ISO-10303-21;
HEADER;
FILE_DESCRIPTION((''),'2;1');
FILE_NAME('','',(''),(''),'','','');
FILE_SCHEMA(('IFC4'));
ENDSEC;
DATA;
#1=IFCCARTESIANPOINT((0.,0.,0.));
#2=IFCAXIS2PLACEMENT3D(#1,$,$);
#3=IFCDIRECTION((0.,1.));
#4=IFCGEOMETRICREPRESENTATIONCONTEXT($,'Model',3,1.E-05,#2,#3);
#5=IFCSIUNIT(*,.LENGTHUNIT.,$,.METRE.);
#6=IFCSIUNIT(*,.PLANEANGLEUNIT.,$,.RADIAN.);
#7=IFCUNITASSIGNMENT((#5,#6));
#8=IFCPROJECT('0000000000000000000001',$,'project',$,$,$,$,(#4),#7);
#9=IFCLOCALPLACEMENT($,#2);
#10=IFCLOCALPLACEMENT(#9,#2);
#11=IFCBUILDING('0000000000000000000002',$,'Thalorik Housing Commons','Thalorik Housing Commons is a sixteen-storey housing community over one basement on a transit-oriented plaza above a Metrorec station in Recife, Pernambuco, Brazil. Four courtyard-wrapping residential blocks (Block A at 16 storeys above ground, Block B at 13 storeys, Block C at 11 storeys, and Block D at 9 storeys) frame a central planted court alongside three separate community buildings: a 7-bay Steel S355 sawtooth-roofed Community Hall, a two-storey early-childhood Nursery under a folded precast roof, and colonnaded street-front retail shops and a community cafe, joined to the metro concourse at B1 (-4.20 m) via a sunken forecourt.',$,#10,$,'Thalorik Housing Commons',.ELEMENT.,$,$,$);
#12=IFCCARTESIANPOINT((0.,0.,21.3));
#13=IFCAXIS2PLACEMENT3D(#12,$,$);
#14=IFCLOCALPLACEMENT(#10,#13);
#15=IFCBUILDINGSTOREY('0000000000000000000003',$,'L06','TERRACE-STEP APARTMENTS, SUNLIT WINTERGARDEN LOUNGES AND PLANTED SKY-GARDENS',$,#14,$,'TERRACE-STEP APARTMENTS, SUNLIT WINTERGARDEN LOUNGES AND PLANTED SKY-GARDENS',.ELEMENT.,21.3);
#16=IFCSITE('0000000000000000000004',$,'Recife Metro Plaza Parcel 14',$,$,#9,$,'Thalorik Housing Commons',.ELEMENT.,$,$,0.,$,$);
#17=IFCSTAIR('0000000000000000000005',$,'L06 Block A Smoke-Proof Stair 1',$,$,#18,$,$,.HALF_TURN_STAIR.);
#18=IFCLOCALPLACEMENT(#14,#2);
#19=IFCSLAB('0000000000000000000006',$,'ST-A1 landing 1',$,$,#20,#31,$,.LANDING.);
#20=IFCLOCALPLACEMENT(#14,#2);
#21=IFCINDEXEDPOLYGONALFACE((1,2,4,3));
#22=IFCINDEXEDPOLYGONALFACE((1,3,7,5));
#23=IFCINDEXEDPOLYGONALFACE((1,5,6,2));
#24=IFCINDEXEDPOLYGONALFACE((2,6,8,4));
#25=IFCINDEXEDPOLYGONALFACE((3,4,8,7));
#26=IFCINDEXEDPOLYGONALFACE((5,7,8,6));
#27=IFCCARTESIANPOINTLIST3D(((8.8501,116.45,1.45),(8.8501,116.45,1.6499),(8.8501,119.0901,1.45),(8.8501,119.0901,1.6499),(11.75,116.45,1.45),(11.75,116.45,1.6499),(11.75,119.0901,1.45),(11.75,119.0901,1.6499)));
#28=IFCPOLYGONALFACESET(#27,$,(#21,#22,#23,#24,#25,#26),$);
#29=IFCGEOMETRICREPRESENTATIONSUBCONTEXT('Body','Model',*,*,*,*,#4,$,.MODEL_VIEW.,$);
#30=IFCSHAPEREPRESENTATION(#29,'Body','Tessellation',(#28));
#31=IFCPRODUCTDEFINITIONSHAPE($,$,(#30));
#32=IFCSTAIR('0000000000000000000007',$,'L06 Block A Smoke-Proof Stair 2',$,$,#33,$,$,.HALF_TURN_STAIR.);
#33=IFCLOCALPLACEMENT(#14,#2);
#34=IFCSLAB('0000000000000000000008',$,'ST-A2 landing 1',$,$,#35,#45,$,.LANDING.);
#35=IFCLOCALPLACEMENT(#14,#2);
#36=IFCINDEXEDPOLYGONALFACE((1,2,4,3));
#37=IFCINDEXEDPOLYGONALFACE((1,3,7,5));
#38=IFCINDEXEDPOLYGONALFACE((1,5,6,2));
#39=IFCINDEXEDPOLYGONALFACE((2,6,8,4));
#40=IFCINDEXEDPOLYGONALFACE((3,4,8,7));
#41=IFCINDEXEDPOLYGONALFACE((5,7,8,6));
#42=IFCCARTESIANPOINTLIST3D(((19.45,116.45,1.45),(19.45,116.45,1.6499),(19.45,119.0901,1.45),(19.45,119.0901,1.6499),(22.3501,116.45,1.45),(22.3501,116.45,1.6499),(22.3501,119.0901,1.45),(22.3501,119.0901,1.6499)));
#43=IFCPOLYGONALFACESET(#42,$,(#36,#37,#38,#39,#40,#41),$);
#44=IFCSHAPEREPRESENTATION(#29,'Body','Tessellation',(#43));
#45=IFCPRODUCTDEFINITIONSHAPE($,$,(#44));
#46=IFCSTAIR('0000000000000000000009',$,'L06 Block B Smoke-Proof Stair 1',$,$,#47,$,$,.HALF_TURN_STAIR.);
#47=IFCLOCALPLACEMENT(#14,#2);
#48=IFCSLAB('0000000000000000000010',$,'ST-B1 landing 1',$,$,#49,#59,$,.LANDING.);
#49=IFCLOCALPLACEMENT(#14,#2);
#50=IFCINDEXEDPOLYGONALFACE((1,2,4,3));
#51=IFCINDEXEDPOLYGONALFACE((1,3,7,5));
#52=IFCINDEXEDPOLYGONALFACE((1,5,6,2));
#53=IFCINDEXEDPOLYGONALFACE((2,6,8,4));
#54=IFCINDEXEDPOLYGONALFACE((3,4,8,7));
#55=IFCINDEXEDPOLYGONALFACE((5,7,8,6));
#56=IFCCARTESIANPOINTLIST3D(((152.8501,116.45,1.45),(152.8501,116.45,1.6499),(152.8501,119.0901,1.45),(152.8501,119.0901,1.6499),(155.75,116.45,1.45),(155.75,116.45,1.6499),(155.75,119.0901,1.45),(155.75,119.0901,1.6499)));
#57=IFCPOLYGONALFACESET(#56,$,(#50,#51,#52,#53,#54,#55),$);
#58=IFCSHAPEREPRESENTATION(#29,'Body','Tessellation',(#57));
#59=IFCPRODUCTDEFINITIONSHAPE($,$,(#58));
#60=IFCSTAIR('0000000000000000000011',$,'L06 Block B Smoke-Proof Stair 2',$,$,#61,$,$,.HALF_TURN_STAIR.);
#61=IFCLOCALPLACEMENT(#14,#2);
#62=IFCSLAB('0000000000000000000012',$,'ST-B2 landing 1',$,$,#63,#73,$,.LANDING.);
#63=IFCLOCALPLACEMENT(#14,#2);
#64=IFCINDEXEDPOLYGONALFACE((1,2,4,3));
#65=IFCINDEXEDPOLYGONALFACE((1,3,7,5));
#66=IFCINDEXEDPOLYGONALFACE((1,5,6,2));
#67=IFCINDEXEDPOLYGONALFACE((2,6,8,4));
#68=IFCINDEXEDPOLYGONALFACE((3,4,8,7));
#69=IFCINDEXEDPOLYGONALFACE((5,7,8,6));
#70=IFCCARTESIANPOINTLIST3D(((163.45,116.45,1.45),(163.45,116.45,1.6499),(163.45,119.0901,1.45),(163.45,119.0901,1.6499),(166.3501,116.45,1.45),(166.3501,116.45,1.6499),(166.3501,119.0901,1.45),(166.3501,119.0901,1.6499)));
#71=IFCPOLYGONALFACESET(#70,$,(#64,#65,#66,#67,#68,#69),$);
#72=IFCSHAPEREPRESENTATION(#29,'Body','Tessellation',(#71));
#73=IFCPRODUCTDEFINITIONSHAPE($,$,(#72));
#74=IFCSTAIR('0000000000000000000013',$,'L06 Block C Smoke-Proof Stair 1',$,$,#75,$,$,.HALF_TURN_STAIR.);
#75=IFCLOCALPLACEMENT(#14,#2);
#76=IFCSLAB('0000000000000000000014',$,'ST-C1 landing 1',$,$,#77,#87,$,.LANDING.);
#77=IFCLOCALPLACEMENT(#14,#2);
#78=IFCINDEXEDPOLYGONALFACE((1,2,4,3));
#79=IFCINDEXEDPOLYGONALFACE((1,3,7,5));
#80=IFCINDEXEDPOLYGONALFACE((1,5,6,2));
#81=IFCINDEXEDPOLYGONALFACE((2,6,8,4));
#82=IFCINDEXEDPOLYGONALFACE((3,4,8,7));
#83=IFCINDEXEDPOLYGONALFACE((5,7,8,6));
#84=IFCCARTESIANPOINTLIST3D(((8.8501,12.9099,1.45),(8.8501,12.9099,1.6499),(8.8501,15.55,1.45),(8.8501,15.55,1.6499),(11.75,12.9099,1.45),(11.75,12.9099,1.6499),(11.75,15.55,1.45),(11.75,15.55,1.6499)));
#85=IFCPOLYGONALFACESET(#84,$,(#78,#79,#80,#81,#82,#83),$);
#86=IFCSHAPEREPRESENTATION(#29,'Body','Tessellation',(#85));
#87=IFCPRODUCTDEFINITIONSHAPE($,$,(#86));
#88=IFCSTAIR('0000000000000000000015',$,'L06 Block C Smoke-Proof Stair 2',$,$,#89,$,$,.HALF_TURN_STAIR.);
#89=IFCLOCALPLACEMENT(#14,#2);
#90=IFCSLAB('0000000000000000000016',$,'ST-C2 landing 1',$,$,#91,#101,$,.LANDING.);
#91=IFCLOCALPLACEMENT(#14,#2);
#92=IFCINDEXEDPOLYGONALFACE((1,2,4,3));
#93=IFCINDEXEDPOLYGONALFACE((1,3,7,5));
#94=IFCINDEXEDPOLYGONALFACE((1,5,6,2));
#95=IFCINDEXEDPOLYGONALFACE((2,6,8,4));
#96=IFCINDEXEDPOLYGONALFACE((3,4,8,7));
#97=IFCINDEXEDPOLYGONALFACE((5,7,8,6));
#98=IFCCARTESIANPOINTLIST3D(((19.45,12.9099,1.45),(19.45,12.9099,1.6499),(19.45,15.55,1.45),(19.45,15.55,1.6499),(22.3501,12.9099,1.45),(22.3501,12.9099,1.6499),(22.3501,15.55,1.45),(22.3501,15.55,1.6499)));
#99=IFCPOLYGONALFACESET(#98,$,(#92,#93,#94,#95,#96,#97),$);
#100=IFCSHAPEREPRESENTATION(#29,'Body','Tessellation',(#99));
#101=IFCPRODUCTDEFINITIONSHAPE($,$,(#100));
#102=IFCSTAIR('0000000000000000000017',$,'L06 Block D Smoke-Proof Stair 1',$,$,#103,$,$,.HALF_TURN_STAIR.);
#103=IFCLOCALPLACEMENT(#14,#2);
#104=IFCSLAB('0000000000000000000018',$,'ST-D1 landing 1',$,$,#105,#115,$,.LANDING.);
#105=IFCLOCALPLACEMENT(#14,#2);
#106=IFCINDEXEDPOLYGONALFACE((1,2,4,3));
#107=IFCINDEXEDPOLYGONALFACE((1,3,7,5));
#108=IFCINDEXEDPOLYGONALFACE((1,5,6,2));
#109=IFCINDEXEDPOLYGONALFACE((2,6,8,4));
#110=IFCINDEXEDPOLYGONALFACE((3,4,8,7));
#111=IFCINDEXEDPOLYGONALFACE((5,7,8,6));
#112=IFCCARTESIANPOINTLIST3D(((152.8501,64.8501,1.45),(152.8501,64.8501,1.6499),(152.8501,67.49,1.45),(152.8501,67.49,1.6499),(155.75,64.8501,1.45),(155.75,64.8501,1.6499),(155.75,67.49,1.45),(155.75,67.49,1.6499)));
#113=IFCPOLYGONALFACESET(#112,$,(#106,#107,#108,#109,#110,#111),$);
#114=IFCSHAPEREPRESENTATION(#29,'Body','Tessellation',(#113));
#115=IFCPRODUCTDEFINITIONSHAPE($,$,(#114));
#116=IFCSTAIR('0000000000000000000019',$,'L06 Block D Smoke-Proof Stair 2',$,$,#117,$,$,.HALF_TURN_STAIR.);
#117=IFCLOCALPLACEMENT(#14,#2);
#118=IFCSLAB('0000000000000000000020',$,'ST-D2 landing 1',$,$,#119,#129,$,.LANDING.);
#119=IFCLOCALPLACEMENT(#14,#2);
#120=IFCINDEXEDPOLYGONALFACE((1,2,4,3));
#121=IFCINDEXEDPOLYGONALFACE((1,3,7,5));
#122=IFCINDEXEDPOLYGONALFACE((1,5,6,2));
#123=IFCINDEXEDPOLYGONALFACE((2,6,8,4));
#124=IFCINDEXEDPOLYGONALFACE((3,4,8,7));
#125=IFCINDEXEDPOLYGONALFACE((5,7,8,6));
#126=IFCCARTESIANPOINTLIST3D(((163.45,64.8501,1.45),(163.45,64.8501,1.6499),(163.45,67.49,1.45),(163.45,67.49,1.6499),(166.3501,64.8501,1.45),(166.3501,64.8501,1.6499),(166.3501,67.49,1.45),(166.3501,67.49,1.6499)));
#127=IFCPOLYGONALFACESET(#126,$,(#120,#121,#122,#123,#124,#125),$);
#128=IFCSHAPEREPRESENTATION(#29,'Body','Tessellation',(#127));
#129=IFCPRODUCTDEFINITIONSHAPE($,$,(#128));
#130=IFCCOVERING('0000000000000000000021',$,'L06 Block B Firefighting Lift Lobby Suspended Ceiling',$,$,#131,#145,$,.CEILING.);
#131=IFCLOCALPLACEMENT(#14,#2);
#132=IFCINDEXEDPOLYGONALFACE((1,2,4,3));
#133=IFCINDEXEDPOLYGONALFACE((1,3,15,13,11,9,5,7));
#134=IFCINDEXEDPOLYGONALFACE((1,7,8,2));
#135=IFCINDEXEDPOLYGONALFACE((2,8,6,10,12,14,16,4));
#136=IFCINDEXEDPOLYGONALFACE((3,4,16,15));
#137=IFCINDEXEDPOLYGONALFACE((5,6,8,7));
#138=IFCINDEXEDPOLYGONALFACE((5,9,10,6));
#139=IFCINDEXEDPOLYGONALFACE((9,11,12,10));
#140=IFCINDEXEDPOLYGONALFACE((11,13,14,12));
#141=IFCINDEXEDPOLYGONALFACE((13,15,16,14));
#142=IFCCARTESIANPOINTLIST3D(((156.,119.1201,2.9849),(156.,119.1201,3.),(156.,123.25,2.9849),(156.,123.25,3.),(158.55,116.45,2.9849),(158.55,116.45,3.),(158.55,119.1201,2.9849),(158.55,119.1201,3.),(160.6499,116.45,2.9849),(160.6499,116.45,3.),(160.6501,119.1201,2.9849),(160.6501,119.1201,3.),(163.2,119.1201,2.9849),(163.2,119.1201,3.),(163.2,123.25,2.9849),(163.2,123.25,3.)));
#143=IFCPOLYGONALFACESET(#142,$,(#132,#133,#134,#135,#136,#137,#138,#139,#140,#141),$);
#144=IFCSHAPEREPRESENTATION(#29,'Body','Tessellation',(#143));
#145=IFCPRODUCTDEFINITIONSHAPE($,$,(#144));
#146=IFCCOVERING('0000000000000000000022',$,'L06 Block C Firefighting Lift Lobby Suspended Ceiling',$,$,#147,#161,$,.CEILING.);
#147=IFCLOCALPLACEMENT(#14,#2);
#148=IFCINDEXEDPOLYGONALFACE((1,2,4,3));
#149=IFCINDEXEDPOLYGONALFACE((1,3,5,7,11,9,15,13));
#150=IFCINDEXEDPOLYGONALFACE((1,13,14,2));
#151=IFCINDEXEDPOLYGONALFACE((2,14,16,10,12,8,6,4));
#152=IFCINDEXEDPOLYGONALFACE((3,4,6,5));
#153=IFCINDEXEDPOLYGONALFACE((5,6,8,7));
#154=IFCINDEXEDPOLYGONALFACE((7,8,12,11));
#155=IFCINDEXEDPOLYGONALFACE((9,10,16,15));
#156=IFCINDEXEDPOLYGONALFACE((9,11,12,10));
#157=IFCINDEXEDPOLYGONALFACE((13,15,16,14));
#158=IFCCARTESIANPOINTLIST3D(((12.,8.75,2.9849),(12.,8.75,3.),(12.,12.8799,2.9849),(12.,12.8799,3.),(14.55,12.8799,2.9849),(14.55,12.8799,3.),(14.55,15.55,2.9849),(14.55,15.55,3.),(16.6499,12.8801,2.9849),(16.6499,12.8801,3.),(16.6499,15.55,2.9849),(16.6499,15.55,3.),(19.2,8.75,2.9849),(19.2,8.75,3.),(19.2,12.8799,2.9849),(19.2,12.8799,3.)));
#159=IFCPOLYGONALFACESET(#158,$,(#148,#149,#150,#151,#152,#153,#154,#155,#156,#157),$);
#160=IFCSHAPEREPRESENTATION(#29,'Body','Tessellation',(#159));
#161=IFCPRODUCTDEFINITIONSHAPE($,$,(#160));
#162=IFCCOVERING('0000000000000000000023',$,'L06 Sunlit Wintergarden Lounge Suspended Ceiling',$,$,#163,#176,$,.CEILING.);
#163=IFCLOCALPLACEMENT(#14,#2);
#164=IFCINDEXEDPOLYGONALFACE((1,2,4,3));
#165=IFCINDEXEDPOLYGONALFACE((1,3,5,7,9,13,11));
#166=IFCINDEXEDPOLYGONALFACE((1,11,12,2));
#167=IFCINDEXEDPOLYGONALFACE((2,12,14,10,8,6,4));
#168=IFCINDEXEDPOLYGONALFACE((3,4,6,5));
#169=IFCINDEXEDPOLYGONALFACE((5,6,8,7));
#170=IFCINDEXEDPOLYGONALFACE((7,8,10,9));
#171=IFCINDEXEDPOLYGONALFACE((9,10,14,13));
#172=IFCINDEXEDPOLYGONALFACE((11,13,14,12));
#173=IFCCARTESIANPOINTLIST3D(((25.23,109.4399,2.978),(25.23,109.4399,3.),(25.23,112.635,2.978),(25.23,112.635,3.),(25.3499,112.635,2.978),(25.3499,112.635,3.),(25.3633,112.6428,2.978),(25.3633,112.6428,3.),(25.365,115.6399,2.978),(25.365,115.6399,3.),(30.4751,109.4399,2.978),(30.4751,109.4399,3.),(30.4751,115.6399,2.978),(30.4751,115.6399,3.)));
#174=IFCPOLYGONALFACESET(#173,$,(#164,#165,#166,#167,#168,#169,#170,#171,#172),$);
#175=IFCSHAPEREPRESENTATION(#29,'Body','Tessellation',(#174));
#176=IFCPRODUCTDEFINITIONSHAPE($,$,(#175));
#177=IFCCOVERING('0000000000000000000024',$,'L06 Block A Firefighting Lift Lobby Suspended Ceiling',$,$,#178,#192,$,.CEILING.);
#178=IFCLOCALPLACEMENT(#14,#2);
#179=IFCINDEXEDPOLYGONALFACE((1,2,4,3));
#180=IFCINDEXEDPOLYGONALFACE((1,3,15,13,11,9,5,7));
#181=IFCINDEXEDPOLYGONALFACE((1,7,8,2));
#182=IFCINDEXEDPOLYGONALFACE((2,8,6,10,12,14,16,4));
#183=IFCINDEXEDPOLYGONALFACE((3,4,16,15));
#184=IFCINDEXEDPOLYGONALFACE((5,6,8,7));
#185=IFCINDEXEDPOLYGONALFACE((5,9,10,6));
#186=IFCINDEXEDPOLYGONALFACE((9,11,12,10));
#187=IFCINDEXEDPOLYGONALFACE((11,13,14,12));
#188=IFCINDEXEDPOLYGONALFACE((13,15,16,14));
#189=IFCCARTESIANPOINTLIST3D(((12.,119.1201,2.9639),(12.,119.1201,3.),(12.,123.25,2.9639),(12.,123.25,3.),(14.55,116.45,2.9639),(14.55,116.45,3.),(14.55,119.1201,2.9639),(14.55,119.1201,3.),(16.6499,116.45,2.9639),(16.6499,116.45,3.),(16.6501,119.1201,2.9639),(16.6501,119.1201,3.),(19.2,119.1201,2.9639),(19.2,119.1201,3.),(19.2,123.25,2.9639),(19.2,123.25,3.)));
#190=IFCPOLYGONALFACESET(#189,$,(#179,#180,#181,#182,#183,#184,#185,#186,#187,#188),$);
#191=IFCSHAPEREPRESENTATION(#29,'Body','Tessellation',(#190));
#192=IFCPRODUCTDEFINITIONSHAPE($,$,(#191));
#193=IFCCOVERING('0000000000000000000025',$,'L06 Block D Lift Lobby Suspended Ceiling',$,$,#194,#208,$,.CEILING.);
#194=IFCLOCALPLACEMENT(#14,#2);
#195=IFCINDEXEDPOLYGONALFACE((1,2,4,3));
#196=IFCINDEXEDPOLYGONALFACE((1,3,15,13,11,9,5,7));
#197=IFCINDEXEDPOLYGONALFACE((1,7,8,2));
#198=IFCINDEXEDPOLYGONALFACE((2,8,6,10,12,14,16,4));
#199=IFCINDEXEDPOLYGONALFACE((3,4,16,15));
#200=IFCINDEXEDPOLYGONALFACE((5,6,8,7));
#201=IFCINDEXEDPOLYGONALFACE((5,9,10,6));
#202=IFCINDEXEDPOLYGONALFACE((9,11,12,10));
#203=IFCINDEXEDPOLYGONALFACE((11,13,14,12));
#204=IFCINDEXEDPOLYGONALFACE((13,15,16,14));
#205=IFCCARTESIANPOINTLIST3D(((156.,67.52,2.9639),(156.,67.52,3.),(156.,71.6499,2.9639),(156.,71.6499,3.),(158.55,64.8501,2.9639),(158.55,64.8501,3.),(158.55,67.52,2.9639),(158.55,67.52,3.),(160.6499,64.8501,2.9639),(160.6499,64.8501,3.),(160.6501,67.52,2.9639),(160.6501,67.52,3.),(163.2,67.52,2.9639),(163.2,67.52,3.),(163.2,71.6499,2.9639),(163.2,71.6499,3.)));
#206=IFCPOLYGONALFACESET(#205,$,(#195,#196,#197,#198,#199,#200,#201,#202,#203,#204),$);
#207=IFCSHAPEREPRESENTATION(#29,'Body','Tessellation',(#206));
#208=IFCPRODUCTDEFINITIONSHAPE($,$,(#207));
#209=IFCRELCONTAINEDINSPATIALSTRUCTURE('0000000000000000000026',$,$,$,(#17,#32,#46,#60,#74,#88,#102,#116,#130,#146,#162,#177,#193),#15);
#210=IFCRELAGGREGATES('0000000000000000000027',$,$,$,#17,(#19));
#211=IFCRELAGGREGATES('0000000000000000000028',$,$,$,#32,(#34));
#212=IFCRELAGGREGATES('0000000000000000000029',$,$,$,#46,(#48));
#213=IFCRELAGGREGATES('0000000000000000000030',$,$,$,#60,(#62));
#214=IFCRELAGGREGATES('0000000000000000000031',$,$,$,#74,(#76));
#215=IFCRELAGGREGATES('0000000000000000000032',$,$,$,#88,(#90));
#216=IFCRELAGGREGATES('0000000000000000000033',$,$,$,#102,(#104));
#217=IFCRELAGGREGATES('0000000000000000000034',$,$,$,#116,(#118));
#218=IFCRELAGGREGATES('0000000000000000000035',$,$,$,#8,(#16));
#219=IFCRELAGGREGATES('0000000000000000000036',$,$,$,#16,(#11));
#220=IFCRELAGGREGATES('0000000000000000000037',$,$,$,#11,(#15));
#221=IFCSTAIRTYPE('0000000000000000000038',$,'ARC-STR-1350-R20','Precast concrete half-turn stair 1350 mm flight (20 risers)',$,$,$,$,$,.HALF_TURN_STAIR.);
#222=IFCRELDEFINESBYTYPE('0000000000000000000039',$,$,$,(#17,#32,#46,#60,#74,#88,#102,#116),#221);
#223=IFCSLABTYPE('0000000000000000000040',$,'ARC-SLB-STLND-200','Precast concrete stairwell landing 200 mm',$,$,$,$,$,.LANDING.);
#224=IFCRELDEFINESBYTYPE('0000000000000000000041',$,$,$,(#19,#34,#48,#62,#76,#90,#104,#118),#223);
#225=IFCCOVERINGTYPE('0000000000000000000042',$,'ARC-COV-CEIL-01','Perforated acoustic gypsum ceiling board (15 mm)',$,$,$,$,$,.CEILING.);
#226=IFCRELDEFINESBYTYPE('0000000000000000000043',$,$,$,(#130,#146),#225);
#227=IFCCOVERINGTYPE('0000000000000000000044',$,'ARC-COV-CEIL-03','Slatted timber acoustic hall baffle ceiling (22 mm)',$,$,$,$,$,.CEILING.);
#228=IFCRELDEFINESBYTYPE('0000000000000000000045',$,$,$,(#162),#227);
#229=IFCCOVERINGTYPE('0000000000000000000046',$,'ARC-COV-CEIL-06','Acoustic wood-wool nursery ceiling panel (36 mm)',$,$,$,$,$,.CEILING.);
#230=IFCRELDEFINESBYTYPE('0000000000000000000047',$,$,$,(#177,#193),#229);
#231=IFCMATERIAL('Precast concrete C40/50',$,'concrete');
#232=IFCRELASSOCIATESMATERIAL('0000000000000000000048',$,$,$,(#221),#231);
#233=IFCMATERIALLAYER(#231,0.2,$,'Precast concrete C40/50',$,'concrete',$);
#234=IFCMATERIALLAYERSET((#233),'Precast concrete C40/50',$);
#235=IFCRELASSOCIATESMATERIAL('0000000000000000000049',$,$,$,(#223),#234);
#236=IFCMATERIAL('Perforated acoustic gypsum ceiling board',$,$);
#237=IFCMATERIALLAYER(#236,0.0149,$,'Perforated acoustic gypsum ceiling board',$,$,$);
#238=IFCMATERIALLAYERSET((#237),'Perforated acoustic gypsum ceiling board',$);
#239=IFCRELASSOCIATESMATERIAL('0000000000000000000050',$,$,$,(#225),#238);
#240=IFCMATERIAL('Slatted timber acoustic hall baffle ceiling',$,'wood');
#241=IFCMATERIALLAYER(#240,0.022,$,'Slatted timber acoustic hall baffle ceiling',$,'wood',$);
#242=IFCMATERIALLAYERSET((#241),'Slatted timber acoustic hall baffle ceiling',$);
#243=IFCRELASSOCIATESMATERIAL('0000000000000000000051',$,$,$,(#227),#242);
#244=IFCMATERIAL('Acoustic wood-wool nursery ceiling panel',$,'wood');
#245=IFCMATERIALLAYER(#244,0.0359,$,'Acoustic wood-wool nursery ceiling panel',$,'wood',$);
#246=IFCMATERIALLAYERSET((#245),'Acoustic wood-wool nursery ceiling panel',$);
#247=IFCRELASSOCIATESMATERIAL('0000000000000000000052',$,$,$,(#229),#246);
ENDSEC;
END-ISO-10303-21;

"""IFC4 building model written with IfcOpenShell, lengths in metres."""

from ifc_helpers import new_model, si_unit, direction, frame, origin, place, context, subcontext, project, spatial, polyline, outline, extrude, material, layer, layer_set, type_object, element, aggregate, save


model = new_model("IFC4")

# Units and contexts
model_context = context("Model", 3, precision=1e-05, world=origin(), true_north=direction((0.0, 1.0)))
body_context = subcontext(model_context, "Body", "Model", "MODEL_VIEW")
ifc_project = project(units=[si_unit("LENGTHUNIT", "METRE"), si_unit("PLANEANGLEUNIT", "RADIAN")], contexts=[model_context])

# Site, building, storey
site_placement = place(None, origin())
site = spatial("IfcSite", under=ifc_project, at=site_placement, Name="Recife Metro Plaza Parcel 14", LongName="Thalorik Housing Commons", CompositionType="ELEMENT", RefElevation=0.0)
building_placement = place(site_placement, origin())
building = spatial("IfcBuilding", under=site, at=building_placement, Name="Thalorik Housing Commons", Description="Thalorik Housing Commons is a sixteen-storey housing community over one basement on a transit-oriented plaza above a Metrorec station in Recife, Pernambuco, Brazil. Four courtyard-wrapping residential blocks (Block A at 16 storeys above ground, Block B at 13 storeys, Block C at 11 storeys, and Block D at 9 storeys) frame a central planted court alongside three separate community buildings: a 7-bay Steel S355 sawtooth-roofed Community Hall, a two-storey early-childhood Nursery under a folded precast roof, and colonnaded street-front retail shops and a community cafe, joined to the metro concourse at B1 (-4.20 m) via a sunken forecourt.", LongName="Thalorik Housing Commons", CompositionType="ELEMENT")
storey_placement = place(building_placement, frame((0.0, 0.0, 21.3)))
storey = spatial("IfcBuildingStorey", under=building, at=storey_placement, Name="L06", Description="TERRACE-STEP APARTMENTS, SUNLIT WINTERGARDEN LOUNGES AND PLANTED SKY-GARDENS", LongName="TERRACE-STEP APARTMENTS, SUNLIT WINTERGARDEN LOUNGES AND PLANTED SKY-GARDENS", CompositionType="ELEMENT", Elevation=21.3)

# Stairs, slabs
ifc_material_1 = material(Name="Precast concrete C40/50", Category="concrete")
stair_type = type_object("IfcStairType", Name="ARC-STR-1350-R20", Description="Precast concrete half-turn stair 1350 mm flight (20 risers)", PredefinedType="HALF_TURN_STAIR", material=ifc_material_1)
stair_1_placement = place(storey_placement, origin())
stair_1 = element("IfcStair", 1, at=stair_1_placement, inside=storey, type_object=stair_type, Name="L06 Block A Smoke-Proof Stair 1", PredefinedType="HALF_TURN_STAIR")
ifc_layer_1 = layer(ifc_material_1, 0.2, Name="Precast concrete C40/50", Category="concrete")
ifc_layer_set_1 = layer_set([ifc_layer_1], Name="Precast concrete C40/50")
slab_type = type_object("IfcSlabType", Name="ARC-SLB-STLND-200", Description="Precast concrete stairwell landing 200 mm", PredefinedType="LANDING", material=ifc_layer_set_1)
slab_1_placement = place(storey_placement, frame((0.0, 0.0, 1.45)))
slab_1 = element("IfcSlab", 2, at=slab_1_placement, type_object=slab_type, Name="ST-A1 landing 1", PredefinedType="LANDING", context=body_context, shape_type="SweptSolid", body=[
    extrude(outline(polyline([(8.8501, 119.0901), (8.8501, 116.45), (11.75, 116.45), (11.75, 119.0901), (8.8501, 119.0901)])), origin(), (0.0, 0.0, 1.0), 0.2),
])
aggregate(stair_1, [slab_1])
stair_2_placement = place(storey_placement, origin())
stair_2 = element("IfcStair", 3, at=stair_2_placement, inside=storey, type_object=stair_type, Name="L06 Block A Smoke-Proof Stair 2", PredefinedType="HALF_TURN_STAIR")
slab_2_placement = place(storey_placement, frame((0.0, 0.0, 1.45)))
slab_2 = element("IfcSlab", 4, at=slab_2_placement, type_object=slab_type, Name="ST-A2 landing 1", PredefinedType="LANDING", context=body_context, shape_type="SweptSolid", body=[
    extrude(outline(polyline([(19.45, 119.0901), (19.45, 116.45), (22.3501, 116.45), (22.3501, 119.0901), (19.45, 119.0901)])), origin(), (0.0, 0.0, 1.0), 0.2),
])
aggregate(stair_2, [slab_2])
stair_3_placement = place(storey_placement, origin())
stair_3 = element("IfcStair", 5, at=stair_3_placement, inside=storey, type_object=stair_type, Name="L06 Block B Smoke-Proof Stair 1", PredefinedType="HALF_TURN_STAIR")
slab_3_placement = place(storey_placement, frame((0.0, 0.0, 1.45)))
slab_3 = element("IfcSlab", 6, at=slab_3_placement, type_object=slab_type, Name="ST-B1 landing 1", PredefinedType="LANDING", context=body_context, shape_type="SweptSolid", body=[
    extrude(outline(polyline([(152.8501, 119.0901), (152.8501, 116.45), (155.75, 116.45), (155.75, 119.0901), (152.8501, 119.0901)])), origin(), (0.0, 0.0, 1.0), 0.2),
])
aggregate(stair_3, [slab_3])
stair_4_placement = place(storey_placement, origin())
stair_4 = element("IfcStair", 7, at=stair_4_placement, inside=storey, type_object=stair_type, Name="L06 Block B Smoke-Proof Stair 2", PredefinedType="HALF_TURN_STAIR")
slab_4_placement = place(storey_placement, frame((0.0, 0.0, 1.45)))
slab_4 = element("IfcSlab", 8, at=slab_4_placement, type_object=slab_type, Name="ST-B2 landing 1", PredefinedType="LANDING", context=body_context, shape_type="SweptSolid", body=[
    extrude(outline(polyline([(163.45, 119.0901), (163.45, 116.45), (166.3501, 116.45), (166.3501, 119.0901), (163.45, 119.0901)])), origin(), (0.0, 0.0, 1.0), 0.2),
])
aggregate(stair_4, [slab_4])
stair_5_placement = place(storey_placement, origin())
stair_5 = element("IfcStair", 9, at=stair_5_placement, inside=storey, type_object=stair_type, Name="L06 Block C Smoke-Proof Stair 1", PredefinedType="HALF_TURN_STAIR")
slab_5_placement = place(storey_placement, frame((0.0, 0.0, 1.45)))
slab_5 = element("IfcSlab", 10, at=slab_5_placement, type_object=slab_type, Name="ST-C1 landing 1", PredefinedType="LANDING", context=body_context, shape_type="SweptSolid", body=[
    extrude(outline(polyline([(11.75, 12.9099), (11.75, 15.55), (8.8501, 15.55), (8.8501, 12.9099), (11.75, 12.9099)])), origin(), (0.0, 0.0, 1.0), 0.2),
])
aggregate(stair_5, [slab_5])
stair_6_placement = place(storey_placement, origin())
stair_6 = element("IfcStair", 11, at=stair_6_placement, inside=storey, type_object=stair_type, Name="L06 Block C Smoke-Proof Stair 2", PredefinedType="HALF_TURN_STAIR")
slab_6_placement = place(storey_placement, frame((0.0, 0.0, 1.45)))
slab_6 = element("IfcSlab", 12, at=slab_6_placement, type_object=slab_type, Name="ST-C2 landing 1", PredefinedType="LANDING", context=body_context, shape_type="SweptSolid", body=[
    extrude(outline(polyline([(22.3501, 12.9099), (22.3501, 15.55), (19.45, 15.55), (19.45, 12.9099), (22.3501, 12.9099)])), origin(), (0.0, 0.0, 1.0), 0.2),
])
aggregate(stair_6, [slab_6])
stair_7_placement = place(storey_placement, origin())
stair_7 = element("IfcStair", 13, at=stair_7_placement, inside=storey, type_object=stair_type, Name="L06 Block D Smoke-Proof Stair 1", PredefinedType="HALF_TURN_STAIR")
slab_7_placement = place(storey_placement, frame((0.0, 0.0, 1.45)))
slab_7 = element("IfcSlab", 14, at=slab_7_placement, type_object=slab_type, Name="ST-D1 landing 1", PredefinedType="LANDING", context=body_context, shape_type="SweptSolid", body=[
    extrude(outline(polyline([(152.8501, 67.49), (152.8501, 64.8501), (155.75, 64.8501), (155.75, 67.49), (152.8501, 67.49)])), origin(), (0.0, 0.0, 1.0), 0.2),
])
aggregate(stair_7, [slab_7])
stair_8_placement = place(storey_placement, origin())
stair_8 = element("IfcStair", 15, at=stair_8_placement, inside=storey, type_object=stair_type, Name="L06 Block D Smoke-Proof Stair 2", PredefinedType="HALF_TURN_STAIR")
slab_8_placement = place(storey_placement, frame((0.0, 0.0, 1.45)))
slab_8 = element("IfcSlab", 16, at=slab_8_placement, type_object=slab_type, Name="ST-D2 landing 1", PredefinedType="LANDING", context=body_context, shape_type="SweptSolid", body=[
    extrude(outline(polyline([(163.45, 67.49), (163.45, 64.8501), (166.3501, 64.8501), (166.3501, 67.49), (163.45, 67.49)])), origin(), (0.0, 0.0, 1.0), 0.2),
])
aggregate(stair_8, [slab_8])

# Coverings
ifc_material_2 = material(Name="Perforated acoustic gypsum ceiling board")
ifc_layer_2 = layer(ifc_material_2, 0.0149, Name="Perforated acoustic gypsum ceiling board")
ifc_layer_set_2 = layer_set([ifc_layer_2], Name="Perforated acoustic gypsum ceiling board")
covering_type_1 = type_object("IfcCoveringType", Name="ARC-COV-CEIL-01", Description="Perforated acoustic gypsum ceiling board (15 mm)", PredefinedType="CEILING", material=ifc_layer_set_2)
covering_1_placement = place(storey_placement, frame((0.0, 0.0, 2.9849)))
element("IfcCovering", 17, at=covering_1_placement, inside=storey, type_object=covering_type_1, Name="L06 Block B Firefighting Lift Lobby Suspended Ceiling", PredefinedType="CEILING", context=body_context, shape_type="SweptSolid", body=[
    extrude(outline(polyline([(158.55, 116.45), (160.6499, 116.45), (160.6501, 119.1201), (163.2, 119.1201), (163.2, 123.25), (156.0, 123.25), (156.0, 119.1201), (158.55, 119.1201), (158.55, 116.45)])), origin(), (0.0, 0.0, 1.0), 0.0151),
])
covering_2_placement = place(storey_placement, frame((0.0, 0.0, 2.9849)))
element("IfcCovering", 18, at=covering_2_placement, inside=storey, type_object=covering_type_1, Name="L06 Block C Firefighting Lift Lobby Suspended Ceiling", PredefinedType="CEILING", context=body_context, shape_type="SweptSolid", body=[
    extrude(outline(polyline([(12.0, 12.8799), (12.0, 8.75), (19.2, 8.75), (19.2, 12.8799), (16.6499, 12.8801), (16.6499, 15.55), (14.55, 15.55), (14.55, 12.8799), (12.0, 12.8799)])), origin(), (0.0, 0.0, 1.0), 0.0151),
])
ifc_material_3 = material(Name="Slatted timber acoustic hall baffle ceiling", Category="wood")
ifc_layer_3 = layer(ifc_material_3, 0.022, Name="Slatted timber acoustic hall baffle ceiling", Category="wood")
ifc_layer_set_3 = layer_set([ifc_layer_3], Name="Slatted timber acoustic hall baffle ceiling")
covering_type_2 = type_object("IfcCoveringType", Name="ARC-COV-CEIL-03", Description="Slatted timber acoustic hall baffle ceiling (22 mm)", PredefinedType="CEILING", material=ifc_layer_set_3)
covering_3_placement = place(storey_placement, frame((0.0, 0.0, 2.978)))
element("IfcCovering", 19, at=covering_3_placement, inside=storey, type_object=covering_type_2, Name="L06 Sunlit Wintergarden Lounge Suspended Ceiling", PredefinedType="CEILING", context=body_context, shape_type="SweptSolid", body=[
    extrude(outline(polyline([(25.23, 109.4399), (30.4751, 109.4399), (30.4751, 115.6399), (25.365, 115.6399), (25.3633, 112.6428), (25.3499, 112.635), (25.23, 112.635), (25.23, 109.4399)])), origin(), (0.0, 0.0, 1.0), 0.022),
])
ifc_material_4 = material(Name="Acoustic wood-wool nursery ceiling panel", Category="wood")
ifc_layer_4 = layer(ifc_material_4, 0.0359, Name="Acoustic wood-wool nursery ceiling panel", Category="wood")
ifc_layer_set_4 = layer_set([ifc_layer_4], Name="Acoustic wood-wool nursery ceiling panel")
covering_type_3 = type_object("IfcCoveringType", Name="ARC-COV-CEIL-06", Description="Acoustic wood-wool nursery ceiling panel (36 mm)", PredefinedType="CEILING", material=ifc_layer_set_4)
covering_4_placement = place(storey_placement, frame((0.0, 0.0, 2.9639)))
element("IfcCovering", 20, at=covering_4_placement, inside=storey, type_object=covering_type_3, Name="L06 Block A Firefighting Lift Lobby Suspended Ceiling", PredefinedType="CEILING", context=body_context, shape_type="SweptSolid", body=[
    extrude(outline(polyline([(14.55, 116.45), (16.6499, 116.45), (16.6501, 119.1201), (19.2, 119.1201), (19.2, 123.25), (12.0, 123.25), (12.0, 119.1201), (14.55, 119.1201), (14.55, 116.45)])), origin(), (0.0, 0.0, 1.0), 0.0361),
])
covering_5_placement = place(storey_placement, frame((0.0, 0.0, 2.9639)))
element("IfcCovering", 21, at=covering_5_placement, inside=storey, type_object=covering_type_3, Name="L06 Block D Lift Lobby Suspended Ceiling", PredefinedType="CEILING", context=body_context, shape_type="SweptSolid", body=[
    extrude(outline(polyline([(158.55, 64.8501), (160.6499, 64.8501), (160.6501, 67.52), (163.2, 67.52), (163.2, 71.6499), (156.0, 71.6499), (156.0, 67.52), (158.55, 67.52), (158.55, 64.8501)])), origin(), (0.0, 0.0, 1.0), 0.0361),
])

save(model, "model.ifc")
